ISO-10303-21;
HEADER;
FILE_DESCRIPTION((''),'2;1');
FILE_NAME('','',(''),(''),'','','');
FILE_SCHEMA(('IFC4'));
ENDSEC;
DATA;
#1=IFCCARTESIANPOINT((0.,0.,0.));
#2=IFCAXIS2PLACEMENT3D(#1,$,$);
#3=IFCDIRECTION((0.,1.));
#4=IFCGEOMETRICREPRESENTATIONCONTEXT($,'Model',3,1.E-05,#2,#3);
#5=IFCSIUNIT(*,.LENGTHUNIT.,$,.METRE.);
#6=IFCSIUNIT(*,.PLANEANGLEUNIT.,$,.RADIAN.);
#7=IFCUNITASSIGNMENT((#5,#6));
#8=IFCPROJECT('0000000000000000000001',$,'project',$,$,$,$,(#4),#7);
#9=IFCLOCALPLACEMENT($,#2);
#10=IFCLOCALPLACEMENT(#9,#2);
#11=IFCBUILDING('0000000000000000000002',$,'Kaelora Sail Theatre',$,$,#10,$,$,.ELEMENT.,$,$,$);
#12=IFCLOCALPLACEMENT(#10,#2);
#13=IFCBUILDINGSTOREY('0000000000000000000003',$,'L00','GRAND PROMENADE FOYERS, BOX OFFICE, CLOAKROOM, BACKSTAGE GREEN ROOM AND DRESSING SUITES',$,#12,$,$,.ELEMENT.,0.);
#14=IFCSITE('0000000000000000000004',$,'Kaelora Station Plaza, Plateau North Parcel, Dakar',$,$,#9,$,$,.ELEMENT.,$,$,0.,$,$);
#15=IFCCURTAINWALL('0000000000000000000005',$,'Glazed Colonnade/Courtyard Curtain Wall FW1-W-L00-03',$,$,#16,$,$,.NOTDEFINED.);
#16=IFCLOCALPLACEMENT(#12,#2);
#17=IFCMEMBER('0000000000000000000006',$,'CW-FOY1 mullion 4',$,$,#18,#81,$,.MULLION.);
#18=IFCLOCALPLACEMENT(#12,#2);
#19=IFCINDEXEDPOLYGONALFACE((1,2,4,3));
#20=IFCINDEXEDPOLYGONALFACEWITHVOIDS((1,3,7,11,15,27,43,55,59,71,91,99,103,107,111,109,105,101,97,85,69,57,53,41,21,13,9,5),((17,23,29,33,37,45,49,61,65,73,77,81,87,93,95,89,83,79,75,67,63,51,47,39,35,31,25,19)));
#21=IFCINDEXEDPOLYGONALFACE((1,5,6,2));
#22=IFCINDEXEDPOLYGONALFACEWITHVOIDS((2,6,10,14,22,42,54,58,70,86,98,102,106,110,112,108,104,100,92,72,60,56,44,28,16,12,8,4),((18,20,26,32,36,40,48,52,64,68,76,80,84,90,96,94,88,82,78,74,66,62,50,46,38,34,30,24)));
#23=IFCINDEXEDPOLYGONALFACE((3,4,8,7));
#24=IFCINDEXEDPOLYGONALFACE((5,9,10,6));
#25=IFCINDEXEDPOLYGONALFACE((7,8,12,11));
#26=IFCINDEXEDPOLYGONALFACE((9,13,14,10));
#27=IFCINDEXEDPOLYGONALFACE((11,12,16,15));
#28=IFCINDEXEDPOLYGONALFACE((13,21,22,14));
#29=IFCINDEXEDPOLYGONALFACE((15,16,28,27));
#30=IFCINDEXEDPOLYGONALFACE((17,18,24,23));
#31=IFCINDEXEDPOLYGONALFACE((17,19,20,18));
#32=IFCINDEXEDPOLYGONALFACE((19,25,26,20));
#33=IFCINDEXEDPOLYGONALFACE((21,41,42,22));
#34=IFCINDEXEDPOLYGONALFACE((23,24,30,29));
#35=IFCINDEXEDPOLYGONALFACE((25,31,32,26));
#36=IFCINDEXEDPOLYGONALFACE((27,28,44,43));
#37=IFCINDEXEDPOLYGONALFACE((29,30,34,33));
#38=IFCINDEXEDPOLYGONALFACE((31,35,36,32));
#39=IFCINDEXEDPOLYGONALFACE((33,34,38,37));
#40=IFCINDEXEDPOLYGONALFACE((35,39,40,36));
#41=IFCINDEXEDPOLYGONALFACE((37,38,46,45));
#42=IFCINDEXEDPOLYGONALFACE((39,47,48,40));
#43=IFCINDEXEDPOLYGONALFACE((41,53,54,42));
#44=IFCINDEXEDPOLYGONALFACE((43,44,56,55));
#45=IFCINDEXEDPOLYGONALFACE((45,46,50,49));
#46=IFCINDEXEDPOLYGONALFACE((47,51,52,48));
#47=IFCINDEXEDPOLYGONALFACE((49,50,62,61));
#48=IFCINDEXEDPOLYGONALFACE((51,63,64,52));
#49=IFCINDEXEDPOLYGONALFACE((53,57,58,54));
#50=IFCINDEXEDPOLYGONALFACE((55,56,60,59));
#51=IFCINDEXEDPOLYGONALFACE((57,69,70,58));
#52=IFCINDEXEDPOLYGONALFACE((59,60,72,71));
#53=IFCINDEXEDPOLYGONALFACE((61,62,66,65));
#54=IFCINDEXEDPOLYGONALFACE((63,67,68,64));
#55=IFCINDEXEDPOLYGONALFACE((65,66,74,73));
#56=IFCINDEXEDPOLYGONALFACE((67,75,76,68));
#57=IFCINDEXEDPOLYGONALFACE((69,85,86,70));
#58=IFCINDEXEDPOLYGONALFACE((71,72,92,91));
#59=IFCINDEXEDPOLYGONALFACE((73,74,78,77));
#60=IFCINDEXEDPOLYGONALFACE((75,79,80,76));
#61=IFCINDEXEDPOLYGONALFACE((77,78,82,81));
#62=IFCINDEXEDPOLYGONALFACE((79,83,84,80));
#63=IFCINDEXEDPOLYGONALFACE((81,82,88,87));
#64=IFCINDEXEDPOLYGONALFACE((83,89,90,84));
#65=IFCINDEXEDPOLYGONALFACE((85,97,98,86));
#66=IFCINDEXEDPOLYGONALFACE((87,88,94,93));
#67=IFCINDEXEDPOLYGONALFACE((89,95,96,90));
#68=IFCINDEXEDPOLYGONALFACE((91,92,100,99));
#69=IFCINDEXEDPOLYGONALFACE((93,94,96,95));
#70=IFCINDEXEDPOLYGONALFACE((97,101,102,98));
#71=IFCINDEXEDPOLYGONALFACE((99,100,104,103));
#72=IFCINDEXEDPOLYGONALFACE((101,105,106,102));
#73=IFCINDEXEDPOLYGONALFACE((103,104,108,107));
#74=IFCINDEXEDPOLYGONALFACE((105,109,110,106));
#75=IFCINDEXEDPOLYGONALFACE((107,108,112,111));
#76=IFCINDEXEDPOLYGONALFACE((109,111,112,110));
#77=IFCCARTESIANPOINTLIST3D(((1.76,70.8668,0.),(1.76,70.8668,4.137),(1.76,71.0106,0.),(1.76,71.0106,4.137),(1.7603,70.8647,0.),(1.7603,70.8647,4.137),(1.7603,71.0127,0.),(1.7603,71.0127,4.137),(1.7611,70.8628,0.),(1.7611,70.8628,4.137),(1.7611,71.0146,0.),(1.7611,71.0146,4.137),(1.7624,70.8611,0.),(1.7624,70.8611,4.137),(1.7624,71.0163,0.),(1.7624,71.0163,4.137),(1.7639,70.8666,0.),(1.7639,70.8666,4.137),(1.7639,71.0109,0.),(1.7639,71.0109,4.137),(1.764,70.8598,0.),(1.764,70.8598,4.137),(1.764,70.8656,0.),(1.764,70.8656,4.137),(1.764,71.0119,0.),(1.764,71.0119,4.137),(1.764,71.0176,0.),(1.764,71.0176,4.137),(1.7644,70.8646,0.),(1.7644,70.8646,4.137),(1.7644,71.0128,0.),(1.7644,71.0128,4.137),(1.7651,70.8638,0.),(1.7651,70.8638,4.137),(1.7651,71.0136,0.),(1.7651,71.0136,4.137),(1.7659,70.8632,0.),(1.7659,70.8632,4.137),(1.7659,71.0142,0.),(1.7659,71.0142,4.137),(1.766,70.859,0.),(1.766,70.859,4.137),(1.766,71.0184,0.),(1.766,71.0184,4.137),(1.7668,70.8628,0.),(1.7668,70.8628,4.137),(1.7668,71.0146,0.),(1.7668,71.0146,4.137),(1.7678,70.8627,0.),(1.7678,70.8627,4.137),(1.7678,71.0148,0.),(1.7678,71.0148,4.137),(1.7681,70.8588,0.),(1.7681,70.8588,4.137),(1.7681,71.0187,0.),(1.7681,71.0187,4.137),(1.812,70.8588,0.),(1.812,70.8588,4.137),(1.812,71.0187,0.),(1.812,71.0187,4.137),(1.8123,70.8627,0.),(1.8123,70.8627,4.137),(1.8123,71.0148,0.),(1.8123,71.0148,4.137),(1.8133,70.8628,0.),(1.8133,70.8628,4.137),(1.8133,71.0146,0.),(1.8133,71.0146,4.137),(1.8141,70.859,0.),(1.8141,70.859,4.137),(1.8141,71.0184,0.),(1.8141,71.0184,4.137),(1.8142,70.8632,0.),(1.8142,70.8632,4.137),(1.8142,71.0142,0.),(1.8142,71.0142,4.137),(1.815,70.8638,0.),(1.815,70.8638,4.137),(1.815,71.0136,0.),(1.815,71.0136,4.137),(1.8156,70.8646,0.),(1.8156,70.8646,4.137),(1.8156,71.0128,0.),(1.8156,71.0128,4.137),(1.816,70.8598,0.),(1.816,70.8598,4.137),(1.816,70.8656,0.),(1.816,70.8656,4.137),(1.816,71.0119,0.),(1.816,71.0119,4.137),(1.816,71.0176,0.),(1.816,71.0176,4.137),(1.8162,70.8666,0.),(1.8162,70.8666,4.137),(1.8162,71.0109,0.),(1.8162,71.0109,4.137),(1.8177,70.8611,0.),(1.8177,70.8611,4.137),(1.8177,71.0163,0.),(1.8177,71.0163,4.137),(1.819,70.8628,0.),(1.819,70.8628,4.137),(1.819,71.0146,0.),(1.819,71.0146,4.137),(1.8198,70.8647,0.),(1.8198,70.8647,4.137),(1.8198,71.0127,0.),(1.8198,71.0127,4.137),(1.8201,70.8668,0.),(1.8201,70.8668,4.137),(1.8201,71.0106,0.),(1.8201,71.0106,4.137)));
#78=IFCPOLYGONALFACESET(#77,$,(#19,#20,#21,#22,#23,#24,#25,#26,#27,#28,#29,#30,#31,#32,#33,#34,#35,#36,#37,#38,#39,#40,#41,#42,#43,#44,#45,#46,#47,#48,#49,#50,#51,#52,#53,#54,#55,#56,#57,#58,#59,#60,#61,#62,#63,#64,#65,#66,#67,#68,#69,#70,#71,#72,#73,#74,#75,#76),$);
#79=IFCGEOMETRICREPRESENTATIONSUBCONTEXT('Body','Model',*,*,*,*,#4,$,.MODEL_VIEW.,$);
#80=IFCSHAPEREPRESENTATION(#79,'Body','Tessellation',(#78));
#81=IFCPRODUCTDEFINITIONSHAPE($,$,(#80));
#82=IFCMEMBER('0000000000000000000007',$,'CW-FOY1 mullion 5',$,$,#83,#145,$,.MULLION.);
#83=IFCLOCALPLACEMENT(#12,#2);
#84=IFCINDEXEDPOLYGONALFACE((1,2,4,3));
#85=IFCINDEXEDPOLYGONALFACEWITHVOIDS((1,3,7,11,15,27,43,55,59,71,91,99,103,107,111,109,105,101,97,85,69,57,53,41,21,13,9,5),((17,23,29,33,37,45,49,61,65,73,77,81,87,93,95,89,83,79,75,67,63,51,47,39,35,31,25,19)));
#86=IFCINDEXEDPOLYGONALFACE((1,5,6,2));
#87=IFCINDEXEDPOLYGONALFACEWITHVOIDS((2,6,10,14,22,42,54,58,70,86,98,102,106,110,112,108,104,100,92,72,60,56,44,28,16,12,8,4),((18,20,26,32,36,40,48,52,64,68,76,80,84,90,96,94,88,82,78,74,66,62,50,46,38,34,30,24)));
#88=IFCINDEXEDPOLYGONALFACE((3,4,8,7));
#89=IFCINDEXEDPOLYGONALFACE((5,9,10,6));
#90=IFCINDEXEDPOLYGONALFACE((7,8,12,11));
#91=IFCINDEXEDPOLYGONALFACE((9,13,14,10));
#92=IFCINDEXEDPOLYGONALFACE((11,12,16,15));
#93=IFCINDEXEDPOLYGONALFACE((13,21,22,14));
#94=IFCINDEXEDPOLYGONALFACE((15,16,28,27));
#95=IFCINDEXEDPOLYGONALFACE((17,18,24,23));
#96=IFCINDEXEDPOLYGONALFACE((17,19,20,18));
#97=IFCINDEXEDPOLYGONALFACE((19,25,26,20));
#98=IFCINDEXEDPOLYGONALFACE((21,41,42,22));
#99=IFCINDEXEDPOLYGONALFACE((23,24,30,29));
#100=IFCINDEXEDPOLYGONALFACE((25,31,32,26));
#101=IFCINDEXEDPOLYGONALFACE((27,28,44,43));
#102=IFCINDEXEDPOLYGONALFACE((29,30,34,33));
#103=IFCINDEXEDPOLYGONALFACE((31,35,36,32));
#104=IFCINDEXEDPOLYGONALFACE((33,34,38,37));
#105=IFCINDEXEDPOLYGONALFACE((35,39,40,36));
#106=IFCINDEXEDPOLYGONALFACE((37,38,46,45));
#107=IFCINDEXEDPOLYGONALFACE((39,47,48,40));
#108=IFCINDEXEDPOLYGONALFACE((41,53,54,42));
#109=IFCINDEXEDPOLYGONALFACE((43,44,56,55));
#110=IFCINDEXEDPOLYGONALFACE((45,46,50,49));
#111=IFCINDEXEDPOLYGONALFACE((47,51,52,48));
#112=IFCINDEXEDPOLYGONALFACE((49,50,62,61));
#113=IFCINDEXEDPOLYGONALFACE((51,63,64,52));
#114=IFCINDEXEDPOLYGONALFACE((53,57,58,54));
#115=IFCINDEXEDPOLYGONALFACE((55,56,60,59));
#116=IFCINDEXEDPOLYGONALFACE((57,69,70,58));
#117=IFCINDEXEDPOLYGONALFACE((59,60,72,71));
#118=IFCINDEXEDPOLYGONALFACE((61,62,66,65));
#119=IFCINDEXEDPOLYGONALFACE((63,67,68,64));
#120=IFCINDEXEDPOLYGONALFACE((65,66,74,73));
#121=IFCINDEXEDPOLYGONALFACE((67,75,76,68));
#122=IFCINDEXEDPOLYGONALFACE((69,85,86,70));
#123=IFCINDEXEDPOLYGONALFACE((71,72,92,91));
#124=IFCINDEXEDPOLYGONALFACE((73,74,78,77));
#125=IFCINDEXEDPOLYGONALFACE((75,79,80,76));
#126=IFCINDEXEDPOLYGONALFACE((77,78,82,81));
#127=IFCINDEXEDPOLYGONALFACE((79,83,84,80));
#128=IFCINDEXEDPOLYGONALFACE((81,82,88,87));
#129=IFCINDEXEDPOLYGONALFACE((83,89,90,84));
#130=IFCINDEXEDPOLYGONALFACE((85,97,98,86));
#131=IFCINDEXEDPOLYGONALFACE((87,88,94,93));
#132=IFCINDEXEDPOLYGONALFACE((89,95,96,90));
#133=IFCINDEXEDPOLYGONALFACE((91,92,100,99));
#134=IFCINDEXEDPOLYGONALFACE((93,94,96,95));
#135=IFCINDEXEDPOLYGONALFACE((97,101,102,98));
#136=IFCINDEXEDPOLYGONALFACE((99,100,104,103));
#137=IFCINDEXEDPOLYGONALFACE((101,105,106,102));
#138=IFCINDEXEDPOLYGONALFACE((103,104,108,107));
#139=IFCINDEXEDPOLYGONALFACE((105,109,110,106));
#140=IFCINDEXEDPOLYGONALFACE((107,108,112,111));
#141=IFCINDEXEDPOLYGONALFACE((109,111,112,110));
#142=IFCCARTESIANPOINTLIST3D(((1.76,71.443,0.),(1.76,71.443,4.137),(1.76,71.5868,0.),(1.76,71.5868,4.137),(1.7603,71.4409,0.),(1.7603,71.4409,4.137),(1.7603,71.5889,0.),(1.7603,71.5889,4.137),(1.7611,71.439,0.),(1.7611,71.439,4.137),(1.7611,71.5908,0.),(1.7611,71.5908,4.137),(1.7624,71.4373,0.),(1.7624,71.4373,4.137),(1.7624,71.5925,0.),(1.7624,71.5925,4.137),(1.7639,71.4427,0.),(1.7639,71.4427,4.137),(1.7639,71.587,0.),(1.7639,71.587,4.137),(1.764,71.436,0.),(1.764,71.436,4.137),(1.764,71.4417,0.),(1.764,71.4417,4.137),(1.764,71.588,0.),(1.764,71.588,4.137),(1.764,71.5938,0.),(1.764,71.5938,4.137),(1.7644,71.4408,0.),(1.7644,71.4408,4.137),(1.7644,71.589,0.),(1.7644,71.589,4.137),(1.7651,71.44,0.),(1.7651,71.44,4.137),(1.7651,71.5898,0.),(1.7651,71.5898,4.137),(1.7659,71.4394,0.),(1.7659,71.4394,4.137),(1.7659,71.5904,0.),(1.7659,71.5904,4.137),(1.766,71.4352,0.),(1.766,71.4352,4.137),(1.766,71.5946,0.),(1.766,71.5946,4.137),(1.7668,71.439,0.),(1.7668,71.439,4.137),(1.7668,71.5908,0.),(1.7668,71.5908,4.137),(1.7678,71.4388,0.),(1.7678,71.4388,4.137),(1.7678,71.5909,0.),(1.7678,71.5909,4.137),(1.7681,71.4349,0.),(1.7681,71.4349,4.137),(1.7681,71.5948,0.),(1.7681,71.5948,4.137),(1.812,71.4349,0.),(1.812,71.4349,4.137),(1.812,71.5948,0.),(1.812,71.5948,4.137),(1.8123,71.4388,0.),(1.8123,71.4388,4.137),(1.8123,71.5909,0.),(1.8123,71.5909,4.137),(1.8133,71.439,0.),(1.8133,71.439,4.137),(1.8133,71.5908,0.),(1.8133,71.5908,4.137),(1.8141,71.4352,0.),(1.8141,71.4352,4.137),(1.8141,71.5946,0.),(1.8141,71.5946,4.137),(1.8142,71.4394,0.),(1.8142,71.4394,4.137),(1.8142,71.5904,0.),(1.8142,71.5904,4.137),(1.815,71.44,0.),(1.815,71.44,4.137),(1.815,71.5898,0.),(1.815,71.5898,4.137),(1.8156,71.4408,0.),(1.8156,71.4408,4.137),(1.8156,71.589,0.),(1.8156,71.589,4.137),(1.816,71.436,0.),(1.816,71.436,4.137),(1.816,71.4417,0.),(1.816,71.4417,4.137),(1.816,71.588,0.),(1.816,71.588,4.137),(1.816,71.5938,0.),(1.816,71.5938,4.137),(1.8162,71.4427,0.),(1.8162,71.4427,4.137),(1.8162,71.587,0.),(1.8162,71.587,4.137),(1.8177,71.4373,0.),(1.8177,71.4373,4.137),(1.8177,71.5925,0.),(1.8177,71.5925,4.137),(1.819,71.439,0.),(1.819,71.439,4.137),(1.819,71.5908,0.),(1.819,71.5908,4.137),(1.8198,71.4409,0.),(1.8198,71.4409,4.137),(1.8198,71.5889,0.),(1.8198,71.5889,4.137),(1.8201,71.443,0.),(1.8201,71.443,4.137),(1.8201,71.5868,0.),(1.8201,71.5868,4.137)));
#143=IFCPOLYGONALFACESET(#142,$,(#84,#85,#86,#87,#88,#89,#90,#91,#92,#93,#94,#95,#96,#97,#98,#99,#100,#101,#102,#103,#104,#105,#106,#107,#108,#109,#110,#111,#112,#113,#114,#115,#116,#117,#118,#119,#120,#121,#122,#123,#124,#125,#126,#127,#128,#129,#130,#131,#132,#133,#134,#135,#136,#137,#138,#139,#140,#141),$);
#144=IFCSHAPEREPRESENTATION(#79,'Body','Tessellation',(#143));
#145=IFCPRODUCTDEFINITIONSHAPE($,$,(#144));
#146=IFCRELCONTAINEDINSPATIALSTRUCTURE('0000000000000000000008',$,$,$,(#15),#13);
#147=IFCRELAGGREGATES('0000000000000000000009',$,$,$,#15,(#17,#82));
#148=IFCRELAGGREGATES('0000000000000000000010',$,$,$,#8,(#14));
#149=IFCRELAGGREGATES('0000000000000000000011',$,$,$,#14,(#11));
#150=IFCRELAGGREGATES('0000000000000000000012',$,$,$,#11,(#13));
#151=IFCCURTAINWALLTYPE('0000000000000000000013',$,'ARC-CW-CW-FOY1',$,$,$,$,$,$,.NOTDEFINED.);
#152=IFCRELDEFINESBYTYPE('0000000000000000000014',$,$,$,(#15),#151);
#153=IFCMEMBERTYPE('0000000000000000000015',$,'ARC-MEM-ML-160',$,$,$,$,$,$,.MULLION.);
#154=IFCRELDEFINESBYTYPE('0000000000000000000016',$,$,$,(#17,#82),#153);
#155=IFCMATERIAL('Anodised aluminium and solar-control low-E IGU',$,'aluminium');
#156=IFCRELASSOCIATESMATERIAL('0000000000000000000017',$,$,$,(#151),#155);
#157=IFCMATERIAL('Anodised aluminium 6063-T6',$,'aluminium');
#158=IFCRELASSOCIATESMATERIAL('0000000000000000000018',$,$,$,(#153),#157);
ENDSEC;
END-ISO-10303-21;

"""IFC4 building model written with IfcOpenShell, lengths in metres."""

from ifc_helpers import new_model, si_unit, direction, frame, origin, origin_2d, place, context, subcontext, project, spatial, hollow_rectangle, extrude, material, material_profile, profile_set, type_object, element, aggregate, save


model = new_model("IFC4")

# Units and contexts
model_context = context("Model", 3, precision=1e-05, world=origin(), true_north=direction((0.0, 1.0)))
body_context = subcontext(model_context, "Body", "Model", "MODEL_VIEW")
ifc_project = project(units=[si_unit("LENGTHUNIT", "METRE"), si_unit("PLANEANGLEUNIT", "RADIAN")], contexts=[model_context])

# Site, building, storey
site_placement = place(None, origin())
site = spatial("IfcSite", under=ifc_project, at=site_placement, Name="Kaelora Station Plaza, Plateau North Parcel, Dakar", CompositionType="ELEMENT", RefElevation=0.0)
building_placement = place(site_placement, origin())
building = spatial("IfcBuilding", under=site, at=building_placement, Name="Kaelora Sail Theatre", CompositionType="ELEMENT")
storey_placement = place(building_placement, origin())
storey = spatial("IfcBuildingStorey", under=building, at=storey_placement, Name="L00", Description="GRAND PROMENADE FOYERS, BOX OFFICE, CLOAKROOM, BACKSTAGE GREEN ROOM AND DRESSING SUITES", CompositionType="ELEMENT", Elevation=0.0)

# Curtain wall, members
ifc_material_1 = material(Name="Anodised aluminium and solar-control low-E IGU", Category="aluminium")
curtain_wall_type = type_object("IfcCurtainWallType", Name="ARC-CW-CW-FOY1", PredefinedType="NOTDEFINED", material=ifc_material_1)
curtain_wall_1_placement = place(storey_placement, origin())
curtain_wall_1 = element("IfcCurtainWall", 1, at=curtain_wall_1_placement, inside=storey, type_object=curtain_wall_type, Name="Glazed Colonnade/Courtyard Curtain Wall FW1-W-L00-03", PredefinedType="NOTDEFINED")
ifc_material_2 = material(Name="Anodised aluminium 6063-T6", Category="aluminium")
ifc_material_profile_1 = material_profile(ifc_material_2, hollow_rectangle(XDim=0.0601, YDim=0.1599, WallThickness=0.0039, InnerFilletRadius=0.0039, OuterFilletRadius=0.0081, at=origin_2d()), Name="ALU-MULL 60x160x4")
ifc_profile_set_1 = profile_set([ifc_material_profile_1], Name="Anodised aluminium 6063-T6")
member_type_1 = type_object("IfcMemberType", Name="ARC-MEM-ML-160", PredefinedType="MULLION", material=ifc_profile_set_1)
member_1_placement = place(storey_placement, frame((1.79, 70.9387, 0.0), z_axis=(0.0, 0.0, 1.0), x_axis=(-1.0, 0.0, 0.0)))
member_1 = element("IfcMember", 2, at=member_1_placement, type_object=member_type_1, Name="CW-FOY1 mullion 4", PredefinedType="MULLION", context=body_context, shape_type="SweptSolid", body=[
    extrude(hollow_rectangle(XDim=0.0601, YDim=0.1599, WallThickness=0.0039, InnerFilletRadius=0.0039, OuterFilletRadius=0.0081, at=origin_2d()), origin(), (0.0, 0.0, 1.0), 4.137),
])
member_2_placement = place(storey_placement, frame((1.79, 71.5149, 0.0), z_axis=(0.0, 0.0, 1.0), x_axis=(-1.0, 0.0, 0.0)))
member_2 = element("IfcMember", 3, at=member_2_placement, type_object=member_type_1, Name="CW-FOY1 mullion 5", PredefinedType="MULLION", context=body_context, shape_type="SweptSolid", body=[
    extrude(hollow_rectangle(XDim=0.0601, YDim=0.1599, WallThickness=0.0039, InnerFilletRadius=0.0039, OuterFilletRadius=0.0081, at=origin_2d()), origin(), (0.0, 0.0, 1.0), 4.137),
])

aggregate(curtain_wall_1, [member_1, member_2])

save(model, "model.ifc")
